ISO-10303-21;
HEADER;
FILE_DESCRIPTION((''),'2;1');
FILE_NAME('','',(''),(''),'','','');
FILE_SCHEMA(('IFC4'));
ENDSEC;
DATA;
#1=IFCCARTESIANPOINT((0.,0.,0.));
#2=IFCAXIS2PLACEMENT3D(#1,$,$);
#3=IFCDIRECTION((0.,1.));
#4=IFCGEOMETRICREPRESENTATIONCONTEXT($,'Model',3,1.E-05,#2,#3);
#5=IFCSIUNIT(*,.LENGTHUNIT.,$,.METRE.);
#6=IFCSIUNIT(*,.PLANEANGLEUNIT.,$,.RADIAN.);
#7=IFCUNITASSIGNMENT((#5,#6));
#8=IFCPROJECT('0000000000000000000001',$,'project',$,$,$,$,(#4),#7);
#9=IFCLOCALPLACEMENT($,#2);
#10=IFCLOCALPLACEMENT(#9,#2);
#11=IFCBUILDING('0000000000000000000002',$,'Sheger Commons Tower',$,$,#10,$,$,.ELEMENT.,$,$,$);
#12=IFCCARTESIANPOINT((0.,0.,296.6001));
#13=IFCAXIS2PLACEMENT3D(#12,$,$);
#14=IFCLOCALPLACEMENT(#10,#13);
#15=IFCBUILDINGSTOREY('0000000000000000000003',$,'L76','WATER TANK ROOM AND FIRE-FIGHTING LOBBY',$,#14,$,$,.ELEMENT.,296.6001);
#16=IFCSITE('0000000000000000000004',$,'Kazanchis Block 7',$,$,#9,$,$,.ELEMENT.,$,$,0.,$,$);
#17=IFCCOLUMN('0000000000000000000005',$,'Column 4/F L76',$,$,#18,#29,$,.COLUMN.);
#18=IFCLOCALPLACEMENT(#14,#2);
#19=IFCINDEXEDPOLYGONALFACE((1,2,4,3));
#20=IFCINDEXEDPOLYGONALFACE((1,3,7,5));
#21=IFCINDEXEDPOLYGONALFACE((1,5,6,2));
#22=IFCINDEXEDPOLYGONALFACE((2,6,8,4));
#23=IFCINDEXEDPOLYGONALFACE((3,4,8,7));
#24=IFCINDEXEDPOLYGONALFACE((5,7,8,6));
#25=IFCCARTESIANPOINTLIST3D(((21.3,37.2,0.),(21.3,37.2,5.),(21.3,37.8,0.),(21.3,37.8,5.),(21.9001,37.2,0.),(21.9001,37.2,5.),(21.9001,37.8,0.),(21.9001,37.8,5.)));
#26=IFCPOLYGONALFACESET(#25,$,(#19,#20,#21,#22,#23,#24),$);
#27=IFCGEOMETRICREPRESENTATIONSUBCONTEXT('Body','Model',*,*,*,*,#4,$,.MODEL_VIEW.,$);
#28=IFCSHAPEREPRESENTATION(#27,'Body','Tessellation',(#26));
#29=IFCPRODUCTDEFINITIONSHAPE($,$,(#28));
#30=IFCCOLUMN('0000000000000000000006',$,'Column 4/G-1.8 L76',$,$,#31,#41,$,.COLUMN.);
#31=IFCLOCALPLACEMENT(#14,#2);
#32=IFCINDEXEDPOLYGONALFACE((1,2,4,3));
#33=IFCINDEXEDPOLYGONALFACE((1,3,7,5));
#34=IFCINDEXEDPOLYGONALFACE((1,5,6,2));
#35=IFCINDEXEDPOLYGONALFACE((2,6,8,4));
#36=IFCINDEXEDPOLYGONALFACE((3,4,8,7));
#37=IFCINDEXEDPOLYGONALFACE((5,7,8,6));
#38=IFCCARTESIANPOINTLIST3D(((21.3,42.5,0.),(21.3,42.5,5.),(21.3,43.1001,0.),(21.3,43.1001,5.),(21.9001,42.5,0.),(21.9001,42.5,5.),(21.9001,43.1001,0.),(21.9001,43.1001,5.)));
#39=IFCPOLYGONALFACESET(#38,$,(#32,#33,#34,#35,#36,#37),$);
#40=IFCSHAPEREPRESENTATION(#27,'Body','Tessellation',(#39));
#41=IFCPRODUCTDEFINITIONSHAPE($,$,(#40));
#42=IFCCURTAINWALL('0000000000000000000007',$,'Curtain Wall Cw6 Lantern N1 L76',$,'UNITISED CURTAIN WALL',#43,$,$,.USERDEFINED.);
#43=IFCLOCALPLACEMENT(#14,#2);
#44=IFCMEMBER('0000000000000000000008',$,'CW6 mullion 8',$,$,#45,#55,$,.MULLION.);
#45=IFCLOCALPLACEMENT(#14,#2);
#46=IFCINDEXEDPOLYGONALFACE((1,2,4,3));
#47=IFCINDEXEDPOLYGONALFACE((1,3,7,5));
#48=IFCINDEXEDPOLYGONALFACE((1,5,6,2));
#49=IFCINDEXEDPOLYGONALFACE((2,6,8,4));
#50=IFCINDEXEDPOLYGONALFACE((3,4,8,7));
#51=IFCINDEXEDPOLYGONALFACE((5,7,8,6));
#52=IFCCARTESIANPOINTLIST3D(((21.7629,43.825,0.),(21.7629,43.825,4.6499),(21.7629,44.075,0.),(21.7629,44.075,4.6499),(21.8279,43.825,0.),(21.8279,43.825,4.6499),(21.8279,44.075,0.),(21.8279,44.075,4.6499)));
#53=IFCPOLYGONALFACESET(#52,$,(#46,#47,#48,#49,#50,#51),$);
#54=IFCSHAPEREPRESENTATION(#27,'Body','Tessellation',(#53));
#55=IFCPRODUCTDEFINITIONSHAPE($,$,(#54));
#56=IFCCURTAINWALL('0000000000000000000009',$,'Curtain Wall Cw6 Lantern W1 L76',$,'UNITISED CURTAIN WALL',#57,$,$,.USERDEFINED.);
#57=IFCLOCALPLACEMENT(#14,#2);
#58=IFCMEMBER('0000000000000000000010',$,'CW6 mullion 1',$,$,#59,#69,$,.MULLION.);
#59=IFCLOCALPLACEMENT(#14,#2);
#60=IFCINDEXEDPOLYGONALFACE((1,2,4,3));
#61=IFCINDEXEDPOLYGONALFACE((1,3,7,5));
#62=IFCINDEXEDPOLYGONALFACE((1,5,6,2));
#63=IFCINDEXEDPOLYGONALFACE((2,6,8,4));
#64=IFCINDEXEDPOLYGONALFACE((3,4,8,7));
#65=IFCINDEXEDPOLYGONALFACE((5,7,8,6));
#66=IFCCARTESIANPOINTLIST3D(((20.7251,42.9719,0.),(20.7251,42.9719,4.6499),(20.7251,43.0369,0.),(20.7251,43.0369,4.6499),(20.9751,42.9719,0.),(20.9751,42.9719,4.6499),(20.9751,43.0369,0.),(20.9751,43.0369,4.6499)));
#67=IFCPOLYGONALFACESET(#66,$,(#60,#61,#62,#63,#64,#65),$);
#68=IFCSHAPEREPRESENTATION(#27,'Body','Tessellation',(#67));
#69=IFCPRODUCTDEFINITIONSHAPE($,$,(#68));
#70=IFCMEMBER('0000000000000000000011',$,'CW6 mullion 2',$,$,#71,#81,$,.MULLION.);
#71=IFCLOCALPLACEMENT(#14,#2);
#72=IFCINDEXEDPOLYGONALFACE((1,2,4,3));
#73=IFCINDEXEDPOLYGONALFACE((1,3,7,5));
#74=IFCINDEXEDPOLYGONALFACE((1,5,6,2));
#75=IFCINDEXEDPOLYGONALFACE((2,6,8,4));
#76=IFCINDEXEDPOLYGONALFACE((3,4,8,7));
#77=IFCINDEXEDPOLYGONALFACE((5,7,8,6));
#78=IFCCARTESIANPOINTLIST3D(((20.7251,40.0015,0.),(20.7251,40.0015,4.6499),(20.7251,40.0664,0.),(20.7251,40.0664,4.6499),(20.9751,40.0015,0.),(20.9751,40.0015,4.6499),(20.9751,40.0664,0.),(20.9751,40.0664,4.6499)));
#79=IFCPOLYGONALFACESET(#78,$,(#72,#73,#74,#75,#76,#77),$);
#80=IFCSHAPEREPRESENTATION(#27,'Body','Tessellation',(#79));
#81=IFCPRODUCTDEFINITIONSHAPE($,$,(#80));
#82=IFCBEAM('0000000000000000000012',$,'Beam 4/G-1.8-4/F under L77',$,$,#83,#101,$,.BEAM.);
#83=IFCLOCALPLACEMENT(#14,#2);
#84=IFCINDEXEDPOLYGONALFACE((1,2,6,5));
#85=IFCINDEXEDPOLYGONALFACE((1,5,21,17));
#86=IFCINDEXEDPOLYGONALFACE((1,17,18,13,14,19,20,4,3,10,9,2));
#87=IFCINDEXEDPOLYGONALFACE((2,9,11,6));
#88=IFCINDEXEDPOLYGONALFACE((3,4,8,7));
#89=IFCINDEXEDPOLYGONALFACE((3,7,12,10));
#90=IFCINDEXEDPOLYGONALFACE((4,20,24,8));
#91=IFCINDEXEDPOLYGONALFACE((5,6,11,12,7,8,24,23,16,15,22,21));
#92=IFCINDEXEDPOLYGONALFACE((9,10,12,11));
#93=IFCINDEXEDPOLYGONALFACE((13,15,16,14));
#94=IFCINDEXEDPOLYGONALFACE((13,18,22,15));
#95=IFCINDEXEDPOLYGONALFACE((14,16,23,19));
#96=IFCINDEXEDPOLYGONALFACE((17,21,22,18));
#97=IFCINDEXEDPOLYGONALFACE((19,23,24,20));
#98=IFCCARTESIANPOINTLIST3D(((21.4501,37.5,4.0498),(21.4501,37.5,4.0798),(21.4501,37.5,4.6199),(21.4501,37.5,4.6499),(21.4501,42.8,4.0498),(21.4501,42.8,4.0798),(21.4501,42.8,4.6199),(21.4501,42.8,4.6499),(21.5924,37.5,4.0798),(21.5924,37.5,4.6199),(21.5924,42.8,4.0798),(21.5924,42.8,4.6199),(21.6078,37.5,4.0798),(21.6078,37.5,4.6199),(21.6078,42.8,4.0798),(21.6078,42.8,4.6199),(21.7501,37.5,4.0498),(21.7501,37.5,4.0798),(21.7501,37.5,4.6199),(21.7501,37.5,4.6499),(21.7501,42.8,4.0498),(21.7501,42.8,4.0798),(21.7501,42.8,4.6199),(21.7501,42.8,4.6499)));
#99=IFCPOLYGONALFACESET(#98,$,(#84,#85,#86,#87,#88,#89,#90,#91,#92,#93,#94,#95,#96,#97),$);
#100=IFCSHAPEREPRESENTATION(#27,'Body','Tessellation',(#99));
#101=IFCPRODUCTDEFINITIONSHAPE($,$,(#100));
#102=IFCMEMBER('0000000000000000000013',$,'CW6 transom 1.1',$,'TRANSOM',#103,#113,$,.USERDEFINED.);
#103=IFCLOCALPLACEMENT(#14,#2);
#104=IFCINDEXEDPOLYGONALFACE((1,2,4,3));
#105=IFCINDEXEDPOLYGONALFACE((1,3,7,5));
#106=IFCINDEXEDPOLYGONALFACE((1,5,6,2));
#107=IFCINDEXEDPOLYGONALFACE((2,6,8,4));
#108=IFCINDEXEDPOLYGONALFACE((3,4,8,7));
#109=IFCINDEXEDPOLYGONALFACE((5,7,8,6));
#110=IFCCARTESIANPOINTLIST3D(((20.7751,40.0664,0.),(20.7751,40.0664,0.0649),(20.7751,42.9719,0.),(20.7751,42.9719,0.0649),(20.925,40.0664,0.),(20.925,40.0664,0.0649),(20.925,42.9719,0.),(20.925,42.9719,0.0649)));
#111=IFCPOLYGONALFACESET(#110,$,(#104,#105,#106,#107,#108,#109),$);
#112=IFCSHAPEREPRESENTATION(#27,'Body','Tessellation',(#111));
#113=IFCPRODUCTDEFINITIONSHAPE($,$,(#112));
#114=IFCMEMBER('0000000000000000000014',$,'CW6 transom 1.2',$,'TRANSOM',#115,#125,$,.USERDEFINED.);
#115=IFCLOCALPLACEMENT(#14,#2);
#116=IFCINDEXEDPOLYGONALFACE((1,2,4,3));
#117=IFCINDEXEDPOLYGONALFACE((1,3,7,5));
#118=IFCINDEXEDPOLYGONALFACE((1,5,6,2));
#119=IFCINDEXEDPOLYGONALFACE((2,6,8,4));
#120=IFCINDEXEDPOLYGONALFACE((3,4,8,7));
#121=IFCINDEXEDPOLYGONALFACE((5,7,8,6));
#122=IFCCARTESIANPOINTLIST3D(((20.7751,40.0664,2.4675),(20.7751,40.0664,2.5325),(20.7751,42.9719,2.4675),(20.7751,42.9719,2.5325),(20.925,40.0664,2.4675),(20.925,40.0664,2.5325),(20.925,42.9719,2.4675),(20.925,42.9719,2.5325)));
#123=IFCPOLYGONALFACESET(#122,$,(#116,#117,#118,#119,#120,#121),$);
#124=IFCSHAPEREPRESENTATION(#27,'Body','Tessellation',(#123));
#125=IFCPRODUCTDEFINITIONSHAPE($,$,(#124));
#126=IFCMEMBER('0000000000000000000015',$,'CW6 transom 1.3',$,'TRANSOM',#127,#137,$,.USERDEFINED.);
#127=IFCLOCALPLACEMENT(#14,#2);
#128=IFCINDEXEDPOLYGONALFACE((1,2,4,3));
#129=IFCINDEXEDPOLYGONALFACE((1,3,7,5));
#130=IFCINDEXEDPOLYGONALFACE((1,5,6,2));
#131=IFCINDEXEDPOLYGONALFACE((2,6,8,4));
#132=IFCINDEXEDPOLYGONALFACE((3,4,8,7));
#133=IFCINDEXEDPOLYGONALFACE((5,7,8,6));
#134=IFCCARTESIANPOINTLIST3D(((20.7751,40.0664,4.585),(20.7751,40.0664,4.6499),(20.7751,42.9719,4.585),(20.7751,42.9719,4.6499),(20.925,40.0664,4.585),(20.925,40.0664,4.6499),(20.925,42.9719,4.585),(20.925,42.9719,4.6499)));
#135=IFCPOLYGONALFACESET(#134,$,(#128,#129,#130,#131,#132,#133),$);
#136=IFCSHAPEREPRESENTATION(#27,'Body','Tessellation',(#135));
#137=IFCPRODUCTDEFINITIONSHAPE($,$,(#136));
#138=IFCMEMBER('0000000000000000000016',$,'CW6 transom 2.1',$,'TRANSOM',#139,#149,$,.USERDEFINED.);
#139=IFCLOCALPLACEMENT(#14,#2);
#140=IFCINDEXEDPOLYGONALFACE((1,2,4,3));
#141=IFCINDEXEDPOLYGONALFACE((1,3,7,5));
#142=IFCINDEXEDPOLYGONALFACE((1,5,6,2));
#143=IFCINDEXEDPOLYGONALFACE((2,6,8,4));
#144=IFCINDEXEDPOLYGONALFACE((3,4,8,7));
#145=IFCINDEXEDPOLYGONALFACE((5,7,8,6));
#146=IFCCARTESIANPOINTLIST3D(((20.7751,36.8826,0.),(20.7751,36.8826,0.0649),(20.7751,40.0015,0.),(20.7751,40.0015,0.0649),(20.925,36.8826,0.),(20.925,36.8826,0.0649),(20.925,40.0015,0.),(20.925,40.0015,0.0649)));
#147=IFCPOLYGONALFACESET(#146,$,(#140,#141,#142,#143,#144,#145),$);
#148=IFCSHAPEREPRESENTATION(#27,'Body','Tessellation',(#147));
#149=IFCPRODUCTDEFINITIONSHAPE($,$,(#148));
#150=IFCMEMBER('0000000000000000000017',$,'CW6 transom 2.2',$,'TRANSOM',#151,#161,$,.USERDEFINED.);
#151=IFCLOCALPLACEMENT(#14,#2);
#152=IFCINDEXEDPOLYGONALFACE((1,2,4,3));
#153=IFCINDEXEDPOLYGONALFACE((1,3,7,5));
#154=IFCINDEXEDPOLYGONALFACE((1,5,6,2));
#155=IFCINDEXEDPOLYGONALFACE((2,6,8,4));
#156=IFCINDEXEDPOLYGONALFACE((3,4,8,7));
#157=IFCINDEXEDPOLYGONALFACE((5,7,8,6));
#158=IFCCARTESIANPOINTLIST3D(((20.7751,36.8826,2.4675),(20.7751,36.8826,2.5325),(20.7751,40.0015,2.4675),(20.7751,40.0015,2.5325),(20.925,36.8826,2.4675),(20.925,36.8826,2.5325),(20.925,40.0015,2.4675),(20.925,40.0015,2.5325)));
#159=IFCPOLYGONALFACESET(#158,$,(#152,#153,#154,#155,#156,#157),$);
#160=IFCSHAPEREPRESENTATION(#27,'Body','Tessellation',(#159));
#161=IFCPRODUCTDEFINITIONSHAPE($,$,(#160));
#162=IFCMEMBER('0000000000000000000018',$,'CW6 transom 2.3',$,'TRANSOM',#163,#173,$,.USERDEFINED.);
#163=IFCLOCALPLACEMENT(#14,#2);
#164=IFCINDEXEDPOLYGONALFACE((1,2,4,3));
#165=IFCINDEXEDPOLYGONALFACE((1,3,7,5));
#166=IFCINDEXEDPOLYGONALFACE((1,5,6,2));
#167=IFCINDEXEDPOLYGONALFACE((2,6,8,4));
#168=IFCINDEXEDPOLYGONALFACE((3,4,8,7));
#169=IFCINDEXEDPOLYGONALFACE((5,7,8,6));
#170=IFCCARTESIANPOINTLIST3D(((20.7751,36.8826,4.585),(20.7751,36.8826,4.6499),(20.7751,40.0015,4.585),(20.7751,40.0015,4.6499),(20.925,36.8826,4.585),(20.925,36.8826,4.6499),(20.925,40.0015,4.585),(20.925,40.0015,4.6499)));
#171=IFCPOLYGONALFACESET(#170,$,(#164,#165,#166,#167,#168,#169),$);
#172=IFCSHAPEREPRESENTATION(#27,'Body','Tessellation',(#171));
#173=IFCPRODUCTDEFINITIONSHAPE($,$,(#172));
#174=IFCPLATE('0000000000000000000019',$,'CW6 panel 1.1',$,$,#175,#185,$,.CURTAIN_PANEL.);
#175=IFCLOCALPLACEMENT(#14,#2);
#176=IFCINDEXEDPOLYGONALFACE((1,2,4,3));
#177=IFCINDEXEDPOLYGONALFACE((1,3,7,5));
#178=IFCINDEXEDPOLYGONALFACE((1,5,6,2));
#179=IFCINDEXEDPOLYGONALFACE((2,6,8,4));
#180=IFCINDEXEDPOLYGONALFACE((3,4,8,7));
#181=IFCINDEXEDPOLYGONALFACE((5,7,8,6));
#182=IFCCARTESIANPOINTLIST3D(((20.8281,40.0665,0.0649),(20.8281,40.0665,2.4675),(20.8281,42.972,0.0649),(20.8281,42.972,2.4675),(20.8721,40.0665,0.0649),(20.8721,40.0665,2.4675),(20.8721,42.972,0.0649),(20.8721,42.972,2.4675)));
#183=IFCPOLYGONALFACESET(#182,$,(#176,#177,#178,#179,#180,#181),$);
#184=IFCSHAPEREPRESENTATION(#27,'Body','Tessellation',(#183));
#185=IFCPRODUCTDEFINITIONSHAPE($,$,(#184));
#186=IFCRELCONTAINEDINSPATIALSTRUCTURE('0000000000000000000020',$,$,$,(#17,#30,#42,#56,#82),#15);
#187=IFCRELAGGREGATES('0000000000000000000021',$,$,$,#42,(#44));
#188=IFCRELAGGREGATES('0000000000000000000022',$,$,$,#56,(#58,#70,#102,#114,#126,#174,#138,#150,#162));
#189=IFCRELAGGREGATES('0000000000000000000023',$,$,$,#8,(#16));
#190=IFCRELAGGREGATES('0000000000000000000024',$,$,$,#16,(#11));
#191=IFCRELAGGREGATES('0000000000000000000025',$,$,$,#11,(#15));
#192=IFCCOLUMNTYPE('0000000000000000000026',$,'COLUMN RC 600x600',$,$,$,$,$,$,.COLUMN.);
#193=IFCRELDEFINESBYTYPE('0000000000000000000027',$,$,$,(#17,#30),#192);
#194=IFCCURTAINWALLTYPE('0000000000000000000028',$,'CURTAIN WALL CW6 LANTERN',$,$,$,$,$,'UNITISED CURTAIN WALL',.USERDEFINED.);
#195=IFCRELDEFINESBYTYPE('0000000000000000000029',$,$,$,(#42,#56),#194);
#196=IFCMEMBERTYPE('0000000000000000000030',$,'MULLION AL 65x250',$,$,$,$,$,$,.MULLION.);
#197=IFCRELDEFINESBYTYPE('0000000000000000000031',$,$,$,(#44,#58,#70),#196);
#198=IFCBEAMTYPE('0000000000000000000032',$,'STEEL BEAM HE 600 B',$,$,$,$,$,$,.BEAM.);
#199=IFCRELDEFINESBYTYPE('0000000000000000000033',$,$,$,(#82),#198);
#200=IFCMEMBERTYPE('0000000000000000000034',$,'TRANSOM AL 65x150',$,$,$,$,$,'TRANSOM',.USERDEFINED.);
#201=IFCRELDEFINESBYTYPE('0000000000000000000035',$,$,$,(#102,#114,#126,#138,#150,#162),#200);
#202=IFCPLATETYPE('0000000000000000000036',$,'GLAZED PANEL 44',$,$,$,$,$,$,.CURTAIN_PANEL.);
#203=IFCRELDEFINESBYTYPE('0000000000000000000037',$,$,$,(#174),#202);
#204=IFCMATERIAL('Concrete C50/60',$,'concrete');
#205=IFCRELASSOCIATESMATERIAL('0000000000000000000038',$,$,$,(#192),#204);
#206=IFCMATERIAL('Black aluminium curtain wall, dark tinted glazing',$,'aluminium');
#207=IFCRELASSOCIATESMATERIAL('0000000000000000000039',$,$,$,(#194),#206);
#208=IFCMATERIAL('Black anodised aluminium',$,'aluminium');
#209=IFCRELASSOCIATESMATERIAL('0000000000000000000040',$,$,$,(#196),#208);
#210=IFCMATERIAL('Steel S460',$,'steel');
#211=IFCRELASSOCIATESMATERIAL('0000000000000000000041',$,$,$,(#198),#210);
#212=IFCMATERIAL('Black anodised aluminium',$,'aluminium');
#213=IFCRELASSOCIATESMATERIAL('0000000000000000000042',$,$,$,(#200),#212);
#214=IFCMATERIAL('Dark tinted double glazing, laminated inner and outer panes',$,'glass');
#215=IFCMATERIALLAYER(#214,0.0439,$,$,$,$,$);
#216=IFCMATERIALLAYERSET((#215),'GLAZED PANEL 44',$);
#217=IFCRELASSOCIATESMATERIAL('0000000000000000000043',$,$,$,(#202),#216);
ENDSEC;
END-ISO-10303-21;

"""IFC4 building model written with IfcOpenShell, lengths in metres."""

from ifc_helpers import new_model, si_unit, direction, frame, origin, origin_2d, place, context, subcontext, project, spatial, rectangle, i_section, extrude, material, layer, layer_set, material_profile, profile_set, type_object, element, aggregate, save


model = new_model("IFC4")

# Units and contexts
model_context = context("Model", 3, precision=1e-05, world=origin(), true_north=direction((0.0, 1.0)))
body_context = subcontext(model_context, "Body", "Model", "MODEL_VIEW")
ifc_project = project(units=[si_unit("LENGTHUNIT", "METRE"), si_unit("PLANEANGLEUNIT", "RADIAN")], contexts=[model_context])

# Site, building, storey
site_placement = place(None, origin())
site = spatial("IfcSite", under=ifc_project, at=site_placement, Name="Kazanchis Block 7", CompositionType="ELEMENT", RefElevation=0.0)
building_placement = place(site_placement, origin())
building = spatial("IfcBuilding", under=site, at=building_placement, Name="Sheger Commons Tower", CompositionType="ELEMENT")
storey_placement = place(building_placement, frame((0.0, 0.0, 296.6001)))
storey = spatial("IfcBuildingStorey", under=building, at=storey_placement, Name="L76", Description="WATER TANK ROOM AND FIRE-FIGHTING LOBBY", CompositionType="ELEMENT", Elevation=296.6001)

# Columns
ifc_material_1 = material(Name="Concrete C50/60", Category="concrete")
ifc_material_profile_1 = material_profile(ifc_material_1, rectangle(XDim=0.6001, YDim=0.6001, at=origin_2d()), Name="RC 600x600")
ifc_profile_set_1 = profile_set([ifc_material_profile_1], Name="Concrete C50/60")
column_type = type_object("IfcColumnType", Name="COLUMN RC 600x600", PredefinedType="COLUMN", material=ifc_profile_set_1)
for number, where, z_axis, x_axis, name in (
    (1, (21.6001, 37.5, 0.0), (0.0, 0.0, 1.0), (1.0, 0.0, 0.0), "Column 4/F L76"),
    (2, (21.6001, 42.8, 0.0), (0.0, 0.0, 1.0), (1.0, 0.0, 0.0), "Column 4/G-1.8 L76"),
):
    element("IfcColumn", number, at=place(storey_placement, frame(where, z_axis=z_axis, x_axis=x_axis)), inside=storey, type_object=column_type, Name=name, PredefinedType="COLUMN", context=body_context, shape_type="SweptSolid", body=[
        extrude(rectangle(XDim=0.6001, YDim=0.6001, at=origin_2d()), origin(), (0.0, 0.0, 1.0), 5.0),
    ])

# Curtain wall, member
ifc_material_2 = material(Name="Black aluminium curtain wall, dark tinted glazing", Category="aluminium")
curtain_wall_type = type_object("IfcCurtainWallType", Name="CURTAIN WALL CW6 LANTERN", ElementType="UNITISED CURTAIN WALL", PredefinedType="USERDEFINED", material=ifc_material_2)
curtain_wall_1_placement = place(storey_placement, origin())
curtain_wall_1 = element("IfcCurtainWall", 3, at=curtain_wall_1_placement, inside=storey, type_object=curtain_wall_type, Name="Curtain Wall Cw6 Lantern N1 L76", ObjectType="UNITISED CURTAIN WALL", PredefinedType="USERDEFINED")
ifc_material_3 = material(Name="Black anodised aluminium", Category="aluminium")
ifc_material_profile_2 = material_profile(ifc_material_3, rectangle(XDim=0.25, YDim=0.0649, at=origin_2d()), Name="AL 65x250")
ifc_profile_set_2 = profile_set([ifc_material_profile_2], Name="Black anodised aluminium")
member_type_1 = type_object("IfcMemberType", Name="MULLION AL 65x250", PredefinedType="MULLION", material=ifc_profile_set_2)
member_1_placement = place(storey_placement, frame((21.7954, 43.95, 0.0), z_axis=(0.0, 0.0, 1.0), x_axis=(0.0, -1.0, 0.0)))
member_1 = element("IfcMember", 4, at=member_1_placement, type_object=member_type_1, Name="CW6 mullion 8", PredefinedType="MULLION", context=body_context, shape_type="SweptSolid", body=[
    extrude(rectangle(XDim=0.25, YDim=0.0649, at=origin_2d()), origin(), (0.0, 0.0, 1.0), 4.6499),
])
aggregate(curtain_wall_1, [member_1])

# Curtain wall, members
curtain_wall_2_placement = place(storey_placement, origin())
curtain_wall_2 = element("IfcCurtainWall", 5, at=curtain_wall_2_placement, inside=storey, type_object=curtain_wall_type, Name="Curtain Wall Cw6 Lantern W1 L76", ObjectType="UNITISED CURTAIN WALL", PredefinedType="USERDEFINED")
member_2_placement = place(storey_placement, frame((20.8501, 43.0044, 0.0), z_axis=(0.0, 0.0, 1.0), x_axis=(1.0, 0.0, 0.0)))
member_2 = element("IfcMember", 6, at=member_2_placement, type_object=member_type_1, Name="CW6 mullion 1", PredefinedType="MULLION", context=body_context, shape_type="SweptSolid", body=[
    extrude(rectangle(XDim=0.25, YDim=0.0649, at=origin_2d()), origin(), (0.0, 0.0, 1.0), 4.6499),
])
member_3_placement = place(storey_placement, frame((20.8501, 40.0339, 0.0), z_axis=(0.0, 0.0, 1.0), x_axis=(1.0, 0.0, 0.0)))
member_3 = element("IfcMember", 7, at=member_3_placement, type_object=member_type_1, Name="CW6 mullion 2", PredefinedType="MULLION", context=body_context, shape_type="SweptSolid", body=[
    extrude(rectangle(XDim=0.25, YDim=0.0649, at=origin_2d()), origin(), (0.0, 0.0, 1.0), 4.6499),
])

# Beam
ifc_material_4 = material(Name="Steel S460", Category="steel")
ifc_material_profile_3 = material_profile(ifc_material_4, i_section(OverallWidth=0.3, OverallDepth=0.6001, WebThickness=0.0154, FlangeThickness=0.03, at=origin_2d()), Name="HE 600 B")
ifc_profile_set_3 = profile_set([ifc_material_profile_3], Name="Steel S460")
beam_type = type_object("IfcBeamType", Name="STEEL BEAM HE 600 B", PredefinedType="BEAM", material=ifc_profile_set_3)
beam_placement = place(storey_placement, frame((21.6001, 42.8, 4.3499), z_axis=(0.0, -1.0, 0.0), x_axis=(1.0, 0.0, 0.0)))
element("IfcBeam", 8, at=beam_placement, inside=storey, type_object=beam_type, Name="Beam 4/G-1.8-4/F under L77", PredefinedType="BEAM", context=body_context, shape_type="SweptSolid", body=[
    extrude(i_section(OverallWidth=0.3, OverallDepth=0.6001, WebThickness=0.0154, FlangeThickness=0.03, at=origin_2d()), origin(), (0.0, 0.0, 1.0), 5.3),
])

# Members
ifc_material_5 = material(Name="Black anodised aluminium", Category="aluminium")
ifc_material_profile_4 = material_profile(ifc_material_5, rectangle(XDim=0.1499, YDim=0.0649, at=origin_2d()), Name="AL 65x150")
ifc_profile_set_4 = profile_set([ifc_material_profile_4], Name="Black anodised aluminium")
member_type_2 = type_object("IfcMemberType", Name="TRANSOM AL 65x150", ElementType="TRANSOM", PredefinedType="USERDEFINED", material=ifc_profile_set_4)
member_4_placement = place(storey_placement, frame((20.8501, 42.9719, 0.0325), z_axis=(0.0, -1.0, 0.0), x_axis=(1.0, 0.0, 0.0)))
member_4 = element("IfcMember", 9, at=member_4_placement, type_object=member_type_2, Name="CW6 transom 1.1", ObjectType="TRANSOM", PredefinedType="USERDEFINED", context=body_context, shape_type="SweptSolid", body=[
    extrude(rectangle(XDim=0.1499, YDim=0.0649, at=origin_2d()), origin(), (0.0, 0.0, 1.0), 2.9055),
])
member_5_placement = place(storey_placement, frame((20.8501, 42.9719, 2.5), z_axis=(0.0, -1.0, 0.0), x_axis=(1.0, 0.0, 0.0)))
member_5 = element("IfcMember", 10, at=member_5_placement, type_object=member_type_2, Name="CW6 transom 1.2", ObjectType="TRANSOM", PredefinedType="USERDEFINED", context=body_context, shape_type="SweptSolid", body=[
    extrude(rectangle(XDim=0.1499, YDim=0.0649, at=origin_2d()), origin(), (0.0, 0.0, 1.0), 2.9055),
])
member_6_placement = place(storey_placement, frame((20.8501, 42.9719, 4.6174), z_axis=(0.0, -1.0, 0.0), x_axis=(1.0, 0.0, 0.0)))
member_6 = element("IfcMember", 11, at=member_6_placement, type_object=member_type_2, Name="CW6 transom 1.3", ObjectType="TRANSOM", PredefinedType="USERDEFINED", context=body_context, shape_type="SweptSolid", body=[
    extrude(rectangle(XDim=0.1499, YDim=0.0649, at=origin_2d()), origin(), (0.0, 0.0, 1.0), 2.9055),
])
member_7_placement = place(storey_placement, frame((20.8501, 40.0015, 0.0325), z_axis=(0.0, -1.0, 0.0), x_axis=(1.0, 0.0, 0.0)))
member_7 = element("IfcMember", 12, at=member_7_placement, type_object=member_type_2, Name="CW6 transom 2.1", ObjectType="TRANSOM", PredefinedType="USERDEFINED", context=body_context, shape_type="SweptSolid", body=[
    extrude(rectangle(XDim=0.1499, YDim=0.0649, at=origin_2d()), origin(), (0.0, 0.0, 1.0), 3.1189),
])
member_8_placement = place(storey_placement, frame((20.8501, 40.0015, 2.5), z_axis=(0.0, -1.0, 0.0), x_axis=(1.0, 0.0, 0.0)))
member_8 = element("IfcMember", 13, at=member_8_placement, type_object=member_type_2, Name="CW6 transom 2.2", ObjectType="TRANSOM", PredefinedType="USERDEFINED", context=body_context, shape_type="SweptSolid", body=[
    extrude(rectangle(XDim=0.1499, YDim=0.0649, at=origin_2d()), origin(), (0.0, 0.0, 1.0), 3.1189),
])
member_9_placement = place(storey_placement, frame((20.8501, 40.0015, 4.6174), z_axis=(0.0, -1.0, 0.0), x_axis=(1.0, 0.0, 0.0)))
member_9 = element("IfcMember", 14, at=member_9_placement, type_object=member_type_2, Name="CW6 transom 2.3", ObjectType="TRANSOM", PredefinedType="USERDEFINED", context=body_context, shape_type="SweptSolid", body=[
    extrude(rectangle(XDim=0.1499, YDim=0.0649, at=origin_2d()), origin(), (0.0, 0.0, 1.0), 3.1189),
])

# Plate
ifc_material_6 = material(Name="Dark tinted double glazing, laminated inner and outer panes", Category="glass")
ifc_layer_1 = layer(ifc_material_6, 0.0439)
ifc_layer_set_1 = layer_set([ifc_layer_1], Name="GLAZED PANEL 44")
plate_type = type_object("IfcPlateType", Name="GLAZED PANEL 44", PredefinedType="CURTAIN_PANEL", material=ifc_layer_set_1)
plate_1_placement = place(storey_placement, frame((20.8501, 41.5193, 0.0649), z_axis=(0.0, 0.0, 1.0), x_axis=(0.0, -1.0, 0.0)))
plate_1 = element("IfcPlate", 15, at=plate_1_placement, type_object=plate_type, Name="CW6 panel 1.1", PredefinedType="CURTAIN_PANEL", context=body_context, shape_type="SweptSolid", body=[
    extrude(rectangle(XDim=2.9055, YDim=0.0439, at=origin_2d()), origin(), (0.0, 0.0, 1.0), 2.4026),
])
aggregate(curtain_wall_2, [member_2, member_3, member_4, member_5, member_6, plate_1, member_7, member_8, member_9])

save(model, "model.ifc")
